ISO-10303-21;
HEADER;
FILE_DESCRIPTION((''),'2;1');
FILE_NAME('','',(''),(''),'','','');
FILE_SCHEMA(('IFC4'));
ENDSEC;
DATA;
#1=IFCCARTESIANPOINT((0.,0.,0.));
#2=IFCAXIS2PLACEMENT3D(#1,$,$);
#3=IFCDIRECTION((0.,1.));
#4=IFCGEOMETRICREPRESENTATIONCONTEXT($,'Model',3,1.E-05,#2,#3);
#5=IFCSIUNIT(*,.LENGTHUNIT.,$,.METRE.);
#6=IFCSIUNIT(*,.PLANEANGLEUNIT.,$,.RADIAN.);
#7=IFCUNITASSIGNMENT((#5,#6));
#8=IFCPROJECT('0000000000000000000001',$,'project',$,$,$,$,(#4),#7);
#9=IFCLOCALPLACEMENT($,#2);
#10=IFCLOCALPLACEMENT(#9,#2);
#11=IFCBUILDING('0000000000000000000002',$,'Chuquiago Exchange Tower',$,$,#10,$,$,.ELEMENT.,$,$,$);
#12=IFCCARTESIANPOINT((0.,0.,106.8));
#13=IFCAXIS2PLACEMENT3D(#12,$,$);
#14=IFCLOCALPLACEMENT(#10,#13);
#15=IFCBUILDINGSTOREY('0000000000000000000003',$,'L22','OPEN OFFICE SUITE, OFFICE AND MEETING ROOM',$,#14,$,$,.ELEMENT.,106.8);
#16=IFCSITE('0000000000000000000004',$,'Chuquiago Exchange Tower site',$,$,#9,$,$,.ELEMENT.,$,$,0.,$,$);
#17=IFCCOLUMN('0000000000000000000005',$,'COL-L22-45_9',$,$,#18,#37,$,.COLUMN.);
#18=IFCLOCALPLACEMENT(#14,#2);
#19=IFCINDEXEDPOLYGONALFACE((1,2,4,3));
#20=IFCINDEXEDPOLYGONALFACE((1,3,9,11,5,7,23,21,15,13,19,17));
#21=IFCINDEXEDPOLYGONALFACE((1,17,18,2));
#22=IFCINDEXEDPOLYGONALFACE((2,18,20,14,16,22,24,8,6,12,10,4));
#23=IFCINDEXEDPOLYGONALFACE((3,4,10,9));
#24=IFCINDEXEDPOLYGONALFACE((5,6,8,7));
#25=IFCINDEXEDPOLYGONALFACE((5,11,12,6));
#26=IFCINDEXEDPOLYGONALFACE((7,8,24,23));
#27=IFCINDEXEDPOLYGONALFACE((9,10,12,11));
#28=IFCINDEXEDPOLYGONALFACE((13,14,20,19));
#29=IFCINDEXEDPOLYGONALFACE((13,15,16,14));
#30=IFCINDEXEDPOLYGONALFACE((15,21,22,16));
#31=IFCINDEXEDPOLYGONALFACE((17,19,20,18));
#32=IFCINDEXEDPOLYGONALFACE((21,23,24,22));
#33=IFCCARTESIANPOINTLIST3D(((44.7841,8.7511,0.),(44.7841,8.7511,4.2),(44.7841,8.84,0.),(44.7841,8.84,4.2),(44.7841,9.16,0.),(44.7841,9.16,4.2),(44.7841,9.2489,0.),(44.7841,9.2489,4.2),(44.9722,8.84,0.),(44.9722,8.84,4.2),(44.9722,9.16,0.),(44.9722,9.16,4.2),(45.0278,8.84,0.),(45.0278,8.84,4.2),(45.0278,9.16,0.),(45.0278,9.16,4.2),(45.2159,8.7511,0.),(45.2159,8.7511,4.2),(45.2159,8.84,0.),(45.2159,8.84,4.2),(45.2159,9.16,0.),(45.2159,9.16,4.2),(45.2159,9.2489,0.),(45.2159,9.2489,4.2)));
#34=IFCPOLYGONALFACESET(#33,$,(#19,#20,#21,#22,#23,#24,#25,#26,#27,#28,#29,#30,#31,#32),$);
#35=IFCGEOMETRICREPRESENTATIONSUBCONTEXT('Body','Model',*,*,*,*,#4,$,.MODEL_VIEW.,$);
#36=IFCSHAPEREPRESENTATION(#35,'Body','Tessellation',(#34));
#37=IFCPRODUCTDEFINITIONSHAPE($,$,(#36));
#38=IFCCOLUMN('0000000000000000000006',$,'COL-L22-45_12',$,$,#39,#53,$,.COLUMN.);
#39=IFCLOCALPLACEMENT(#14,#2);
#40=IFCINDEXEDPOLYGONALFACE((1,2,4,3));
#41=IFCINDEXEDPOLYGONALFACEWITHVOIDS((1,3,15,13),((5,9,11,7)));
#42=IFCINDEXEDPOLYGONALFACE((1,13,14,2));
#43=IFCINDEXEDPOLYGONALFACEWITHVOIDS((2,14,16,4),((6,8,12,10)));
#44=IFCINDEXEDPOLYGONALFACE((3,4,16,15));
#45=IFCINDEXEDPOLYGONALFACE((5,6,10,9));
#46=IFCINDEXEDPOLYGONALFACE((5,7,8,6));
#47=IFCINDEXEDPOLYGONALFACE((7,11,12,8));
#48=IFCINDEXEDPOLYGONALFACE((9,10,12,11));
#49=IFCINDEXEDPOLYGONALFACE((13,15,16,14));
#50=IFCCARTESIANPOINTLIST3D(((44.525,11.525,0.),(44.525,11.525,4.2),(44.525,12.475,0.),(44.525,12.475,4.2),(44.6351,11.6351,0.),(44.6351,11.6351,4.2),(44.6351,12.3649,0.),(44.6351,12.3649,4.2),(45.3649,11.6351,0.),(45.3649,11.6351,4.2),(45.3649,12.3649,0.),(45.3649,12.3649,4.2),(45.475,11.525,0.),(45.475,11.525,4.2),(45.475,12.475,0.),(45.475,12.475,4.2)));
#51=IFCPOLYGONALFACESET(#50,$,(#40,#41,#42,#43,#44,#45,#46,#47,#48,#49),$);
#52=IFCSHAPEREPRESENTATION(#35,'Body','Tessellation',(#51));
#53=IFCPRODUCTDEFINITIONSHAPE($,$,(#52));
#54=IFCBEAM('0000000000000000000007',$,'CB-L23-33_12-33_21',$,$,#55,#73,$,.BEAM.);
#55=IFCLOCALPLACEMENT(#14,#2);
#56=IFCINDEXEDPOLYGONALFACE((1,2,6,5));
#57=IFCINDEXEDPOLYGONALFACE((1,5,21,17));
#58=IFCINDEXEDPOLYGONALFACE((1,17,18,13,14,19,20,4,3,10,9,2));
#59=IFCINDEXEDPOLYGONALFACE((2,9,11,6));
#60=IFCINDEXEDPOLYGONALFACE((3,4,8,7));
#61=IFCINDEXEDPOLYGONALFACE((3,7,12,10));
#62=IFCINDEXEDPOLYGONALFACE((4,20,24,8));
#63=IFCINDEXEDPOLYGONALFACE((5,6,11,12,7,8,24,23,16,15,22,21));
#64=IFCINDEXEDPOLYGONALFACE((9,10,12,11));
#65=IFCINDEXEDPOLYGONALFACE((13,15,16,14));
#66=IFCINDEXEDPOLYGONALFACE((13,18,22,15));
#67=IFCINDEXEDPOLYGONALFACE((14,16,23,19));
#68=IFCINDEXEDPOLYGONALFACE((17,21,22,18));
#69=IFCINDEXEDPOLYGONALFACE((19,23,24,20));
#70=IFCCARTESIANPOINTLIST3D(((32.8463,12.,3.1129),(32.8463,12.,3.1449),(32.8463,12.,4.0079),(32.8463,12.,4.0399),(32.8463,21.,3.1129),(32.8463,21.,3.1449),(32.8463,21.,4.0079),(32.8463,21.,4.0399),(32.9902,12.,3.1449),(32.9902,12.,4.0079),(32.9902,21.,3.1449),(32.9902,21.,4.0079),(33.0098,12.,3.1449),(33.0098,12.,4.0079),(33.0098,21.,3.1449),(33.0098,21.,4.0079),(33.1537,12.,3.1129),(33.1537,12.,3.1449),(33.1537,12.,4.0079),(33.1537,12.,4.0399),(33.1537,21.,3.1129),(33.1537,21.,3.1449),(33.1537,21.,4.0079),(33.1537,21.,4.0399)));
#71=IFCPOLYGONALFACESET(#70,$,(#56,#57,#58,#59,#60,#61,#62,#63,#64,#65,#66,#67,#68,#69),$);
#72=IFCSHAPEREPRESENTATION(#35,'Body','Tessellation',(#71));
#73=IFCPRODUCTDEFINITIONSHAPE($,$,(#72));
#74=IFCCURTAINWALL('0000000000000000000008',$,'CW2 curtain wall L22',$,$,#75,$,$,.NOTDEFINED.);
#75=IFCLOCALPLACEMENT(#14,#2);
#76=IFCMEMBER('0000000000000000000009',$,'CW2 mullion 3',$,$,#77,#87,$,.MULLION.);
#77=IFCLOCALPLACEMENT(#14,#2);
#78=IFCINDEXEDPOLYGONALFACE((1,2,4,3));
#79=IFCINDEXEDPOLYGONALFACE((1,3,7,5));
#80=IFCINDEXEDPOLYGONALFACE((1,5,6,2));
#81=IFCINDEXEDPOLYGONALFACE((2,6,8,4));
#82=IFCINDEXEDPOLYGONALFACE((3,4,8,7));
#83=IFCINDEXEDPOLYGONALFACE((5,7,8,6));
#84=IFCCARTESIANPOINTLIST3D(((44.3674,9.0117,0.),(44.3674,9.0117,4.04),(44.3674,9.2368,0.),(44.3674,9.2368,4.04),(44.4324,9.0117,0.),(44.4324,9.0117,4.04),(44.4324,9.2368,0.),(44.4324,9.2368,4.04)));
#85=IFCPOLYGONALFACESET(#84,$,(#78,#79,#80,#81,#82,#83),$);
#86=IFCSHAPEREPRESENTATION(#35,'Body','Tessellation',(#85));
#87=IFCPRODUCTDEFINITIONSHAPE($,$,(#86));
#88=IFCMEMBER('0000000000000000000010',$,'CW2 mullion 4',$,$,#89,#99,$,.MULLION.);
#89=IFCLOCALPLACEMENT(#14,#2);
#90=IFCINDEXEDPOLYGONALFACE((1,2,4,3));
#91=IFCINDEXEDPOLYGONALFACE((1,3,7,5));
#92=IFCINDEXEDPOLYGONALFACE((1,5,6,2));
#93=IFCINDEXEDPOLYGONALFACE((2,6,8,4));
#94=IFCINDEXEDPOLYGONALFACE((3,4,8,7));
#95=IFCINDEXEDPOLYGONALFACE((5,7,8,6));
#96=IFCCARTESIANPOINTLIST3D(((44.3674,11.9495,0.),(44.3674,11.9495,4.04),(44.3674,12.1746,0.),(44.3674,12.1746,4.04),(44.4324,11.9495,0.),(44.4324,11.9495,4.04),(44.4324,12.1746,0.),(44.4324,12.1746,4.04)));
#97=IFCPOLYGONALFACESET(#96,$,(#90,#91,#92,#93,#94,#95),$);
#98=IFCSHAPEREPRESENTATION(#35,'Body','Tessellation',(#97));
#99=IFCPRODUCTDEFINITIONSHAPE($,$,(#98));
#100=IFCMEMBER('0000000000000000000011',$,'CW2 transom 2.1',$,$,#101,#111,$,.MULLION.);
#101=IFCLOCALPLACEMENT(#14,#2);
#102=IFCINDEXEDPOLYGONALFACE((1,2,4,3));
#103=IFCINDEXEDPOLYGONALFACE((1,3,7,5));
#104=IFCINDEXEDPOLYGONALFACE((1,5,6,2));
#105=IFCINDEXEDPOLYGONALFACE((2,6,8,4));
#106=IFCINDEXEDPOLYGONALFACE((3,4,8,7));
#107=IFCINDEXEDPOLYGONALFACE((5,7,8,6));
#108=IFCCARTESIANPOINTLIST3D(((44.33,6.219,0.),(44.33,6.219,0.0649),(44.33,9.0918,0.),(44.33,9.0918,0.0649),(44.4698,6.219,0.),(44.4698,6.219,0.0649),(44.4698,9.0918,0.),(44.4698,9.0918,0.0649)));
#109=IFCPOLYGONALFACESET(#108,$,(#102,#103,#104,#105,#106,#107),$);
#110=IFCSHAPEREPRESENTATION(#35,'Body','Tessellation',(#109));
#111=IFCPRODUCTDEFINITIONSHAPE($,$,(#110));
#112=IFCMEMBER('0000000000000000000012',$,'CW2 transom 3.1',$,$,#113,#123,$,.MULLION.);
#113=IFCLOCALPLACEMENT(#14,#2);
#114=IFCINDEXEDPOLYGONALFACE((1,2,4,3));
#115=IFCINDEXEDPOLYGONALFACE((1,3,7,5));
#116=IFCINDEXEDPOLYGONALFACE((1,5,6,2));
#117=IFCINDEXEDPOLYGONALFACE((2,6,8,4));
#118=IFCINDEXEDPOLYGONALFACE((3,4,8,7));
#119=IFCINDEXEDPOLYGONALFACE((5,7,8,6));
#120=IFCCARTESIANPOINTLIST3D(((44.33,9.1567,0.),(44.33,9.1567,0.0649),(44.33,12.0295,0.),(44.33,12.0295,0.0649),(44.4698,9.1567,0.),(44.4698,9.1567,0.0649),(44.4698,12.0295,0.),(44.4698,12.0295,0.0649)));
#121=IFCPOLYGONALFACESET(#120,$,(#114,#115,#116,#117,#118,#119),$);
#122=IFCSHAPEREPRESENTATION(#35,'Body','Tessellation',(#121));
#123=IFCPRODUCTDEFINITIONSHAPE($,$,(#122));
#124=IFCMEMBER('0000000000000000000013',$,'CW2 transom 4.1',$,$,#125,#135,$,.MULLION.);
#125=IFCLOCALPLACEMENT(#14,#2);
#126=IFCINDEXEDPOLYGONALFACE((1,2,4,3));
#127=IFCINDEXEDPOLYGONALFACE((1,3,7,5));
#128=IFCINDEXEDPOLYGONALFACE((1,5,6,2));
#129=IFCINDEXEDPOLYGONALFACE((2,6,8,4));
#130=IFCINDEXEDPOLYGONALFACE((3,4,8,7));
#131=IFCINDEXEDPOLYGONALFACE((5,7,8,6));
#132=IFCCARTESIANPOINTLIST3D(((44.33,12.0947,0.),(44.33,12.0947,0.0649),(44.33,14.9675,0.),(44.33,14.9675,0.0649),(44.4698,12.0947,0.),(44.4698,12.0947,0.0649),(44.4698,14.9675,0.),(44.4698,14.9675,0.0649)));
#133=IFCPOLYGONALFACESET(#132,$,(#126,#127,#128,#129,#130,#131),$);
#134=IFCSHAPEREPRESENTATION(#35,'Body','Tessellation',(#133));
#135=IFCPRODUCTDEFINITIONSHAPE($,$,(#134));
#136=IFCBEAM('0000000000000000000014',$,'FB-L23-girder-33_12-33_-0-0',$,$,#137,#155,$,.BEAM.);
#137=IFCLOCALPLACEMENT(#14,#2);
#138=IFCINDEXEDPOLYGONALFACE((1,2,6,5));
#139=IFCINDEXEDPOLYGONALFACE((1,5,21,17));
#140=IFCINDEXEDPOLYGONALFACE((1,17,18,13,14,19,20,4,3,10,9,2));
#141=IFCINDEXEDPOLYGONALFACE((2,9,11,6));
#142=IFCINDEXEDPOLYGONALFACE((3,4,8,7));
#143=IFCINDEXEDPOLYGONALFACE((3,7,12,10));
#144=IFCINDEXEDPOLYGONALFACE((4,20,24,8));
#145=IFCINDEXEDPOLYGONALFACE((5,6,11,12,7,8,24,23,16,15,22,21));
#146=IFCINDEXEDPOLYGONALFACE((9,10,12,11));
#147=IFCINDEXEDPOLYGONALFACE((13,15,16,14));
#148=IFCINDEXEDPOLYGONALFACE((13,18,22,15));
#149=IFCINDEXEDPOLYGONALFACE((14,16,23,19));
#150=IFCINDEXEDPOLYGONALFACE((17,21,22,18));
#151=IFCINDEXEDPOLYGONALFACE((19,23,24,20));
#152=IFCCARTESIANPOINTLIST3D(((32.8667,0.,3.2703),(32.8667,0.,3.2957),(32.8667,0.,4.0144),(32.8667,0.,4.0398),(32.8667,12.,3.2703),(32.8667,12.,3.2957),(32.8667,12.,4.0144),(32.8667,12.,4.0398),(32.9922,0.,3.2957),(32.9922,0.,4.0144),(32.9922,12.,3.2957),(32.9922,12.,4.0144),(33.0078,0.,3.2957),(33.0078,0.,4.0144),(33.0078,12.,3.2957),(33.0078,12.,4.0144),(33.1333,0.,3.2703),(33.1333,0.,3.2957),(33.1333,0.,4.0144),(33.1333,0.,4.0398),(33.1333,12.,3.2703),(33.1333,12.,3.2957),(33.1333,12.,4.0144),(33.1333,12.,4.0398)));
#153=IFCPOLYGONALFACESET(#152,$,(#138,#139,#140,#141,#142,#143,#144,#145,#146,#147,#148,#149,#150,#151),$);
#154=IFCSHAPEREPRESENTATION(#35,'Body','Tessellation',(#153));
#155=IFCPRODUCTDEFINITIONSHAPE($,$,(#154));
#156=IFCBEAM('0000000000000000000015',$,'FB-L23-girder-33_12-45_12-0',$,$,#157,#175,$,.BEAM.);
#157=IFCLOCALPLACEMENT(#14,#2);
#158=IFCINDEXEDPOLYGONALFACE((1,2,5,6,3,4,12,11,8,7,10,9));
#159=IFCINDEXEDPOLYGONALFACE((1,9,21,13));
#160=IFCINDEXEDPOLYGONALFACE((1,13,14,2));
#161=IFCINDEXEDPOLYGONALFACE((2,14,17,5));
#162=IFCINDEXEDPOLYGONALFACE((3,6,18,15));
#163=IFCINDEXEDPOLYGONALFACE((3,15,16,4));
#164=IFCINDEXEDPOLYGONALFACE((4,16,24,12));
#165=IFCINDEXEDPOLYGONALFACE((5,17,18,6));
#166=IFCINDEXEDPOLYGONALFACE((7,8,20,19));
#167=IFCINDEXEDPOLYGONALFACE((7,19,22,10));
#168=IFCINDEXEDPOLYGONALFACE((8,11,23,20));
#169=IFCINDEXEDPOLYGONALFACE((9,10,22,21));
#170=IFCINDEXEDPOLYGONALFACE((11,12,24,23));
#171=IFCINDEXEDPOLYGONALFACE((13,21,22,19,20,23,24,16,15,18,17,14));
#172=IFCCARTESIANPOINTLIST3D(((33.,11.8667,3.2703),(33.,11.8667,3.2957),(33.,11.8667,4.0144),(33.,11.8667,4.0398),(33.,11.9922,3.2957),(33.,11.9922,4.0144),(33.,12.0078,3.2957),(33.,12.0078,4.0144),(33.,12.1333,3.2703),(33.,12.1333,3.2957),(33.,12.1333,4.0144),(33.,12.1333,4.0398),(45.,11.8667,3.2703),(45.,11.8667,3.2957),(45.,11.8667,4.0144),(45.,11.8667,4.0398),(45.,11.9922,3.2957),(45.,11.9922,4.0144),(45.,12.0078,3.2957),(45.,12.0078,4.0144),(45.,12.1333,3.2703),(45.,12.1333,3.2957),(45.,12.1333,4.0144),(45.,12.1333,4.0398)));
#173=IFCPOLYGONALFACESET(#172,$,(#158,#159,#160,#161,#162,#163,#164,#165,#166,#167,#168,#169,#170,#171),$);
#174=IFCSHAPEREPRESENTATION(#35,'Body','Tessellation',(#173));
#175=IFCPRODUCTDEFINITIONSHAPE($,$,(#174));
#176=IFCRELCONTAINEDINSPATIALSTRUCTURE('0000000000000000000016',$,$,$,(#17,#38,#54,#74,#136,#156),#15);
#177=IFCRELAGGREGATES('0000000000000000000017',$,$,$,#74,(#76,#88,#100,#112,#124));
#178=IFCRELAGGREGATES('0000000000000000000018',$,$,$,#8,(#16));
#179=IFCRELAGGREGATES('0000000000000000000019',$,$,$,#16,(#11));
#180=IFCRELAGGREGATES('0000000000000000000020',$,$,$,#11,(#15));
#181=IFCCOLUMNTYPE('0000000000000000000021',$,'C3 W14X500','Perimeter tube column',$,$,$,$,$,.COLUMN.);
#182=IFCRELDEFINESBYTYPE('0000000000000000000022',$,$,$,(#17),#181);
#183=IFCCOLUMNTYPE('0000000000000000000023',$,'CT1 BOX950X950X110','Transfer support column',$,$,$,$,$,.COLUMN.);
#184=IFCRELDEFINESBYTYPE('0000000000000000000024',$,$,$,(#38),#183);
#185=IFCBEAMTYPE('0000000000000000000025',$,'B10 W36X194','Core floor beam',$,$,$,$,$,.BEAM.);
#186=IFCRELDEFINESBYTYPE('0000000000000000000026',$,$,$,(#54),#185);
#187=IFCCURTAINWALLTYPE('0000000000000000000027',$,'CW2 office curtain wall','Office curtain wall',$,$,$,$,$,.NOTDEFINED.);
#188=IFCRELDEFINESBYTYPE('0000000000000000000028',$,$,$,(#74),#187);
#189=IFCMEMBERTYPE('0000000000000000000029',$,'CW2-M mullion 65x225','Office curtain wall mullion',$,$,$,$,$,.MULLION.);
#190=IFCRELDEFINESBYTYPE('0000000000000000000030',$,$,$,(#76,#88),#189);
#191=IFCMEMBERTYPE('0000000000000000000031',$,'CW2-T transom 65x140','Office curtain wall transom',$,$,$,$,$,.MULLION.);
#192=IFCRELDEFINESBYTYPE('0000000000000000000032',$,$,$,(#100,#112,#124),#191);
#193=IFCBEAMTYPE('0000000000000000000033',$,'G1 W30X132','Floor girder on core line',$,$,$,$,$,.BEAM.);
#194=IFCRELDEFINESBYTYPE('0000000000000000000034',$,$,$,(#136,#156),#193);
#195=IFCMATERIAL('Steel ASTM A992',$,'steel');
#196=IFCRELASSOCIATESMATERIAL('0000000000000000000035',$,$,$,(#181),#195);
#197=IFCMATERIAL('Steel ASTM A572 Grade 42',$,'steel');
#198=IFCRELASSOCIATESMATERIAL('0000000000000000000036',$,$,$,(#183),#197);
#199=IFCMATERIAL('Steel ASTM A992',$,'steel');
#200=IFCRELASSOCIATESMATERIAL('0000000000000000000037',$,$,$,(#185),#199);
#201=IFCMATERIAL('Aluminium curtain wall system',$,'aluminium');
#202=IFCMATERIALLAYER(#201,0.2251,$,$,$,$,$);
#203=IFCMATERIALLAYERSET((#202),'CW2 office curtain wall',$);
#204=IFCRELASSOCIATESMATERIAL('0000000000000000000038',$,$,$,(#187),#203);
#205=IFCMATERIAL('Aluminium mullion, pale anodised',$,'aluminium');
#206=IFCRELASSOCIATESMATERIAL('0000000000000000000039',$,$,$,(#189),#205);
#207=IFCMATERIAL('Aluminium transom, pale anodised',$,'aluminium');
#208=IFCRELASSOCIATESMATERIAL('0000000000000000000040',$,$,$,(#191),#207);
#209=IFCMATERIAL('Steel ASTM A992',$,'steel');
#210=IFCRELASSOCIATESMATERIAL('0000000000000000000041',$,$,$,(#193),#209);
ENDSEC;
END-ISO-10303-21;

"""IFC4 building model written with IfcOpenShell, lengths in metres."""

from ifc_helpers import new_model, si_unit, direction, frame, origin, origin_2d, place, context, subcontext, project, spatial, rectangle, hollow_rectangle, i_section, extrude, material, layer, layer_set, material_profile, profile_set, type_object, element, aggregate, save


model = new_model("IFC4")

# Units and contexts
model_context = context("Model", 3, precision=1e-05, world=origin(), true_north=direction((0.0, 1.0)))
body_context = subcontext(model_context, "Body", "Model", "MODEL_VIEW")
ifc_project = project(units=[si_unit("LENGTHUNIT", "METRE"), si_unit("PLANEANGLEUNIT", "RADIAN")], contexts=[model_context])

# Site, building, storey
site_placement = place(None, origin())
site = spatial("IfcSite", under=ifc_project, at=site_placement, Name="Chuquiago Exchange Tower site", CompositionType="ELEMENT", RefElevation=0.0)
building_placement = place(site_placement, origin())
building = spatial("IfcBuilding", under=site, at=building_placement, Name="Chuquiago Exchange Tower", CompositionType="ELEMENT")
storey_placement = place(building_placement, frame((0.0, 0.0, 106.8)))
storey = spatial("IfcBuildingStorey", under=building, at=storey_placement, Name="L22", Description="OPEN OFFICE SUITE, OFFICE AND MEETING ROOM", CompositionType="ELEMENT", Elevation=106.8)

# Columns
ifc_material_1 = material(Name="Steel ASTM A992", Category="steel")
ifc_material_profile_1 = material_profile(ifc_material_1, i_section(OverallWidth=0.4319, OverallDepth=0.4978, WebThickness=0.0557, FlangeThickness=0.0889, at=origin_2d()), Name="W14X500")
ifc_profile_set_1 = profile_set([ifc_material_profile_1], Name="Steel ASTM A992")
column_type_1 = type_object("IfcColumnType", Name="C3 W14X500", Description="Perimeter tube column", PredefinedType="COLUMN", material=ifc_profile_set_1)
column_1_placement = place(storey_placement, frame((45.0, 9.0, 0.0), z_axis=(0.0, 0.0, 1.0), x_axis=(1.0, 0.0, 0.0)))
element("IfcColumn", 1, at=column_1_placement, inside=storey, type_object=column_type_1, Name="COL-L22-45_9", PredefinedType="COLUMN", context=body_context, shape_type="SweptSolid", body=[
    extrude(i_section(OverallWidth=0.4319, OverallDepth=0.4978, WebThickness=0.0557, FlangeThickness=0.0889, at=origin_2d()), origin(), (0.0, 0.0, 1.0), 4.2),
])
ifc_material_2 = material(Name="Steel ASTM A572 Grade 42", Category="steel")
ifc_material_profile_2 = material_profile(ifc_material_2, hollow_rectangle(XDim=0.95, YDim=0.95, WallThickness=0.1101, at=origin_2d()), Name="BOX950X950X110")
ifc_profile_set_2 = profile_set([ifc_material_profile_2], Name="Steel ASTM A572 Grade 42")
column_type_2 = type_object("IfcColumnType", Name="CT1 BOX950X950X110", Description="Transfer support column", PredefinedType="COLUMN", material=ifc_profile_set_2)
column_2_placement = place(storey_placement, frame((45.0, 12.0, 0.0), z_axis=(0.0, 0.0, 1.0), x_axis=(1.0, 0.0, 0.0)))
element("IfcColumn", 2, at=column_2_placement, inside=storey, type_object=column_type_2, Name="COL-L22-45_12", PredefinedType="COLUMN", context=body_context, shape_type="SweptSolid", body=[
    extrude(hollow_rectangle(XDim=0.95, YDim=0.95, WallThickness=0.1101, at=origin_2d()), origin(), (0.0, 0.0, 1.0), 4.2),
])

# Beam
ifc_material_3 = material(Name="Steel ASTM A992", Category="steel")
ifc_material_profile_3 = material_profile(ifc_material_3, i_section(OverallWidth=0.3074, OverallDepth=0.927, WebThickness=0.0195, FlangeThickness=0.032, at=origin_2d()), Name="W36X194")
ifc_profile_set_3 = profile_set([ifc_material_profile_3], Name="Steel ASTM A992")
beam_type_1 = type_object("IfcBeamType", Name="B10 W36X194", Description="Core floor beam", PredefinedType="BEAM", material=ifc_profile_set_3)
beam_placement = place(storey_placement, frame((33.0, 12.0, 3.5764), z_axis=(0.0, 1.0, 0.0), x_axis=(-1.0, 0.0, 0.0)))
element("IfcBeam", 3, at=beam_placement, inside=storey, type_object=beam_type_1, Name="CB-L23-33_12-33_21", PredefinedType="BEAM", context=body_context, shape_type="SweptSolid", body=[
    extrude(i_section(OverallWidth=0.3074, OverallDepth=0.927, WebThickness=0.0195, FlangeThickness=0.032, at=origin_2d()), origin(), (0.0, 0.0, 1.0), 9.0),
])

# Curtain wall, members
ifc_material_4 = material(Name="Aluminium curtain wall system", Category="aluminium")
ifc_layer_1 = layer(ifc_material_4, 0.2251)
ifc_layer_set_1 = layer_set([ifc_layer_1], Name="CW2 office curtain wall")
curtain_wall_type = type_object("IfcCurtainWallType", Name="CW2 office curtain wall", Description="Office curtain wall", PredefinedType="NOTDEFINED", material=ifc_layer_set_1)
curtain_wall_placement = place(storey_placement, origin())
curtain_wall = element("IfcCurtainWall", 4, at=curtain_wall_placement, inside=storey, type_object=curtain_wall_type, Name="CW2 curtain wall L22", PredefinedType="NOTDEFINED")
ifc_material_5 = material(Name="Aluminium mullion, pale anodised", Category="aluminium")
ifc_material_profile_4 = material_profile(ifc_material_5, rectangle(XDim=0.0649, YDim=0.2251, at=origin_2d()), Name="AL 65x225")
ifc_profile_set_4 = profile_set([ifc_material_profile_4], Name="Aluminium mullion, pale anodised")
member_type_1 = type_object("IfcMemberType", Name="CW2-M mullion 65x225", Description="Office curtain wall mullion", PredefinedType="MULLION", material=ifc_profile_set_4)
member_1_placement = place(storey_placement, frame((44.3999, 9.1243, 0.0), z_axis=(0.0, 0.0, 1.0), x_axis=(-1.0, 0.0, 0.0)))
member_1 = element("IfcMember", 5, at=member_1_placement, type_object=member_type_1, Name="CW2 mullion 3", PredefinedType="MULLION", context=body_context, shape_type="SweptSolid", body=[
    extrude(rectangle(XDim=0.0649, YDim=0.2251, at=origin_2d()), origin(), (0.0, 0.0, 1.0), 4.04),
])
member_2_placement = place(storey_placement, frame((44.3999, 12.062, 0.0), z_axis=(0.0, 0.0, 1.0), x_axis=(-1.0, 0.0, 0.0)))
member_2 = element("IfcMember", 6, at=member_2_placement, type_object=member_type_1, Name="CW2 mullion 4", PredefinedType="MULLION", context=body_context, shape_type="SweptSolid", body=[
    extrude(rectangle(XDim=0.0649, YDim=0.2251, at=origin_2d()), origin(), (0.0, 0.0, 1.0), 4.04),
])
ifc_material_6 = material(Name="Aluminium transom, pale anodised", Category="aluminium")
ifc_material_profile_5 = material_profile(ifc_material_6, rectangle(XDim=0.1399, YDim=0.0649, at=origin_2d()), Name="AL 140x65")
ifc_profile_set_5 = profile_set([ifc_material_profile_5], Name="Aluminium transom, pale anodised")
member_type_2 = type_object("IfcMemberType", Name="CW2-T transom 65x140", Description="Office curtain wall transom", PredefinedType="MULLION", material=ifc_profile_set_5)
member_3_placement = place(storey_placement, frame((44.3999, 6.219, 0.0325), z_axis=(0.0, 1.0, 0.0), x_axis=(-1.0, 0.0, 0.0)))
member_3 = element("IfcMember", 7, at=member_3_placement, type_object=member_type_2, Name="CW2 transom 2.1", PredefinedType="MULLION", context=body_context, shape_type="SweptSolid", body=[
    extrude(rectangle(XDim=0.1399, YDim=0.0649, at=origin_2d()), origin(), (0.0, 0.0, 1.0), 2.8728),
])
member_4_placement = place(storey_placement, frame((44.3999, 9.1567, 0.0325), z_axis=(0.0, 1.0, 0.0), x_axis=(-1.0, 0.0, 0.0)))
member_4 = element("IfcMember", 8, at=member_4_placement, type_object=member_type_2, Name="CW2 transom 3.1", PredefinedType="MULLION", context=body_context, shape_type="SweptSolid", body=[
    extrude(rectangle(XDim=0.1399, YDim=0.0649, at=origin_2d()), origin(), (0.0, 0.0, 1.0), 2.8728),
])
member_5_placement = place(storey_placement, frame((44.3999, 12.0947, 0.0325), z_axis=(0.0, 1.0, 0.0), x_axis=(-1.0, 0.0, 0.0)))
member_5 = element("IfcMember", 9, at=member_5_placement, type_object=member_type_2, Name="CW2 transom 4.1", PredefinedType="MULLION", context=body_context, shape_type="SweptSolid", body=[
    extrude(rectangle(XDim=0.1399, YDim=0.0649, at=origin_2d()), origin(), (0.0, 0.0, 1.0), 2.8728),
])

# Beams
ifc_material_7 = material(Name="Steel ASTM A992", Category="steel")
ifc_material_profile_6 = material_profile(ifc_material_7, i_section(OverallWidth=0.2666, OverallDepth=0.7695, WebThickness=0.0156, FlangeThickness=0.0254, at=origin_2d()), Name="W30X132")
ifc_profile_set_6 = profile_set([ifc_material_profile_6], Name="Steel ASTM A992")
beam_type_2 = type_object("IfcBeamType", Name="G1 W30X132", Description="Floor girder on core line", PredefinedType="BEAM", material=ifc_profile_set_6)
for number, where, z_axis, x_axis, name in (
    (10, (33.0, 12.0, 3.655), (0.0, -1.0, 0.0), (1.0, 0.0, 0.0), "FB-L23-girder-33_12-33_-0-0"),
    (11, (33.0, 12.0, 3.655), (1.0, 0.0, 0.0), (0.0, 1.0, 0.0), "FB-L23-girder-33_12-45_12-0"),
):
    element("IfcBeam", number, at=place(storey_placement, frame(where, z_axis=z_axis, x_axis=x_axis)), inside=storey, type_object=beam_type_2, Name=name, PredefinedType="BEAM", context=body_context, shape_type="SweptSolid", body=[
        extrude(i_section(OverallWidth=0.2666, OverallDepth=0.7695, WebThickness=0.0156, FlangeThickness=0.0254, at=origin_2d()), origin(), (0.0, 0.0, 1.0), 12.0),
    ])

aggregate(curtain_wall, [member_1, member_2, member_3, member_4, member_5])

save(model, "model.ifc")
